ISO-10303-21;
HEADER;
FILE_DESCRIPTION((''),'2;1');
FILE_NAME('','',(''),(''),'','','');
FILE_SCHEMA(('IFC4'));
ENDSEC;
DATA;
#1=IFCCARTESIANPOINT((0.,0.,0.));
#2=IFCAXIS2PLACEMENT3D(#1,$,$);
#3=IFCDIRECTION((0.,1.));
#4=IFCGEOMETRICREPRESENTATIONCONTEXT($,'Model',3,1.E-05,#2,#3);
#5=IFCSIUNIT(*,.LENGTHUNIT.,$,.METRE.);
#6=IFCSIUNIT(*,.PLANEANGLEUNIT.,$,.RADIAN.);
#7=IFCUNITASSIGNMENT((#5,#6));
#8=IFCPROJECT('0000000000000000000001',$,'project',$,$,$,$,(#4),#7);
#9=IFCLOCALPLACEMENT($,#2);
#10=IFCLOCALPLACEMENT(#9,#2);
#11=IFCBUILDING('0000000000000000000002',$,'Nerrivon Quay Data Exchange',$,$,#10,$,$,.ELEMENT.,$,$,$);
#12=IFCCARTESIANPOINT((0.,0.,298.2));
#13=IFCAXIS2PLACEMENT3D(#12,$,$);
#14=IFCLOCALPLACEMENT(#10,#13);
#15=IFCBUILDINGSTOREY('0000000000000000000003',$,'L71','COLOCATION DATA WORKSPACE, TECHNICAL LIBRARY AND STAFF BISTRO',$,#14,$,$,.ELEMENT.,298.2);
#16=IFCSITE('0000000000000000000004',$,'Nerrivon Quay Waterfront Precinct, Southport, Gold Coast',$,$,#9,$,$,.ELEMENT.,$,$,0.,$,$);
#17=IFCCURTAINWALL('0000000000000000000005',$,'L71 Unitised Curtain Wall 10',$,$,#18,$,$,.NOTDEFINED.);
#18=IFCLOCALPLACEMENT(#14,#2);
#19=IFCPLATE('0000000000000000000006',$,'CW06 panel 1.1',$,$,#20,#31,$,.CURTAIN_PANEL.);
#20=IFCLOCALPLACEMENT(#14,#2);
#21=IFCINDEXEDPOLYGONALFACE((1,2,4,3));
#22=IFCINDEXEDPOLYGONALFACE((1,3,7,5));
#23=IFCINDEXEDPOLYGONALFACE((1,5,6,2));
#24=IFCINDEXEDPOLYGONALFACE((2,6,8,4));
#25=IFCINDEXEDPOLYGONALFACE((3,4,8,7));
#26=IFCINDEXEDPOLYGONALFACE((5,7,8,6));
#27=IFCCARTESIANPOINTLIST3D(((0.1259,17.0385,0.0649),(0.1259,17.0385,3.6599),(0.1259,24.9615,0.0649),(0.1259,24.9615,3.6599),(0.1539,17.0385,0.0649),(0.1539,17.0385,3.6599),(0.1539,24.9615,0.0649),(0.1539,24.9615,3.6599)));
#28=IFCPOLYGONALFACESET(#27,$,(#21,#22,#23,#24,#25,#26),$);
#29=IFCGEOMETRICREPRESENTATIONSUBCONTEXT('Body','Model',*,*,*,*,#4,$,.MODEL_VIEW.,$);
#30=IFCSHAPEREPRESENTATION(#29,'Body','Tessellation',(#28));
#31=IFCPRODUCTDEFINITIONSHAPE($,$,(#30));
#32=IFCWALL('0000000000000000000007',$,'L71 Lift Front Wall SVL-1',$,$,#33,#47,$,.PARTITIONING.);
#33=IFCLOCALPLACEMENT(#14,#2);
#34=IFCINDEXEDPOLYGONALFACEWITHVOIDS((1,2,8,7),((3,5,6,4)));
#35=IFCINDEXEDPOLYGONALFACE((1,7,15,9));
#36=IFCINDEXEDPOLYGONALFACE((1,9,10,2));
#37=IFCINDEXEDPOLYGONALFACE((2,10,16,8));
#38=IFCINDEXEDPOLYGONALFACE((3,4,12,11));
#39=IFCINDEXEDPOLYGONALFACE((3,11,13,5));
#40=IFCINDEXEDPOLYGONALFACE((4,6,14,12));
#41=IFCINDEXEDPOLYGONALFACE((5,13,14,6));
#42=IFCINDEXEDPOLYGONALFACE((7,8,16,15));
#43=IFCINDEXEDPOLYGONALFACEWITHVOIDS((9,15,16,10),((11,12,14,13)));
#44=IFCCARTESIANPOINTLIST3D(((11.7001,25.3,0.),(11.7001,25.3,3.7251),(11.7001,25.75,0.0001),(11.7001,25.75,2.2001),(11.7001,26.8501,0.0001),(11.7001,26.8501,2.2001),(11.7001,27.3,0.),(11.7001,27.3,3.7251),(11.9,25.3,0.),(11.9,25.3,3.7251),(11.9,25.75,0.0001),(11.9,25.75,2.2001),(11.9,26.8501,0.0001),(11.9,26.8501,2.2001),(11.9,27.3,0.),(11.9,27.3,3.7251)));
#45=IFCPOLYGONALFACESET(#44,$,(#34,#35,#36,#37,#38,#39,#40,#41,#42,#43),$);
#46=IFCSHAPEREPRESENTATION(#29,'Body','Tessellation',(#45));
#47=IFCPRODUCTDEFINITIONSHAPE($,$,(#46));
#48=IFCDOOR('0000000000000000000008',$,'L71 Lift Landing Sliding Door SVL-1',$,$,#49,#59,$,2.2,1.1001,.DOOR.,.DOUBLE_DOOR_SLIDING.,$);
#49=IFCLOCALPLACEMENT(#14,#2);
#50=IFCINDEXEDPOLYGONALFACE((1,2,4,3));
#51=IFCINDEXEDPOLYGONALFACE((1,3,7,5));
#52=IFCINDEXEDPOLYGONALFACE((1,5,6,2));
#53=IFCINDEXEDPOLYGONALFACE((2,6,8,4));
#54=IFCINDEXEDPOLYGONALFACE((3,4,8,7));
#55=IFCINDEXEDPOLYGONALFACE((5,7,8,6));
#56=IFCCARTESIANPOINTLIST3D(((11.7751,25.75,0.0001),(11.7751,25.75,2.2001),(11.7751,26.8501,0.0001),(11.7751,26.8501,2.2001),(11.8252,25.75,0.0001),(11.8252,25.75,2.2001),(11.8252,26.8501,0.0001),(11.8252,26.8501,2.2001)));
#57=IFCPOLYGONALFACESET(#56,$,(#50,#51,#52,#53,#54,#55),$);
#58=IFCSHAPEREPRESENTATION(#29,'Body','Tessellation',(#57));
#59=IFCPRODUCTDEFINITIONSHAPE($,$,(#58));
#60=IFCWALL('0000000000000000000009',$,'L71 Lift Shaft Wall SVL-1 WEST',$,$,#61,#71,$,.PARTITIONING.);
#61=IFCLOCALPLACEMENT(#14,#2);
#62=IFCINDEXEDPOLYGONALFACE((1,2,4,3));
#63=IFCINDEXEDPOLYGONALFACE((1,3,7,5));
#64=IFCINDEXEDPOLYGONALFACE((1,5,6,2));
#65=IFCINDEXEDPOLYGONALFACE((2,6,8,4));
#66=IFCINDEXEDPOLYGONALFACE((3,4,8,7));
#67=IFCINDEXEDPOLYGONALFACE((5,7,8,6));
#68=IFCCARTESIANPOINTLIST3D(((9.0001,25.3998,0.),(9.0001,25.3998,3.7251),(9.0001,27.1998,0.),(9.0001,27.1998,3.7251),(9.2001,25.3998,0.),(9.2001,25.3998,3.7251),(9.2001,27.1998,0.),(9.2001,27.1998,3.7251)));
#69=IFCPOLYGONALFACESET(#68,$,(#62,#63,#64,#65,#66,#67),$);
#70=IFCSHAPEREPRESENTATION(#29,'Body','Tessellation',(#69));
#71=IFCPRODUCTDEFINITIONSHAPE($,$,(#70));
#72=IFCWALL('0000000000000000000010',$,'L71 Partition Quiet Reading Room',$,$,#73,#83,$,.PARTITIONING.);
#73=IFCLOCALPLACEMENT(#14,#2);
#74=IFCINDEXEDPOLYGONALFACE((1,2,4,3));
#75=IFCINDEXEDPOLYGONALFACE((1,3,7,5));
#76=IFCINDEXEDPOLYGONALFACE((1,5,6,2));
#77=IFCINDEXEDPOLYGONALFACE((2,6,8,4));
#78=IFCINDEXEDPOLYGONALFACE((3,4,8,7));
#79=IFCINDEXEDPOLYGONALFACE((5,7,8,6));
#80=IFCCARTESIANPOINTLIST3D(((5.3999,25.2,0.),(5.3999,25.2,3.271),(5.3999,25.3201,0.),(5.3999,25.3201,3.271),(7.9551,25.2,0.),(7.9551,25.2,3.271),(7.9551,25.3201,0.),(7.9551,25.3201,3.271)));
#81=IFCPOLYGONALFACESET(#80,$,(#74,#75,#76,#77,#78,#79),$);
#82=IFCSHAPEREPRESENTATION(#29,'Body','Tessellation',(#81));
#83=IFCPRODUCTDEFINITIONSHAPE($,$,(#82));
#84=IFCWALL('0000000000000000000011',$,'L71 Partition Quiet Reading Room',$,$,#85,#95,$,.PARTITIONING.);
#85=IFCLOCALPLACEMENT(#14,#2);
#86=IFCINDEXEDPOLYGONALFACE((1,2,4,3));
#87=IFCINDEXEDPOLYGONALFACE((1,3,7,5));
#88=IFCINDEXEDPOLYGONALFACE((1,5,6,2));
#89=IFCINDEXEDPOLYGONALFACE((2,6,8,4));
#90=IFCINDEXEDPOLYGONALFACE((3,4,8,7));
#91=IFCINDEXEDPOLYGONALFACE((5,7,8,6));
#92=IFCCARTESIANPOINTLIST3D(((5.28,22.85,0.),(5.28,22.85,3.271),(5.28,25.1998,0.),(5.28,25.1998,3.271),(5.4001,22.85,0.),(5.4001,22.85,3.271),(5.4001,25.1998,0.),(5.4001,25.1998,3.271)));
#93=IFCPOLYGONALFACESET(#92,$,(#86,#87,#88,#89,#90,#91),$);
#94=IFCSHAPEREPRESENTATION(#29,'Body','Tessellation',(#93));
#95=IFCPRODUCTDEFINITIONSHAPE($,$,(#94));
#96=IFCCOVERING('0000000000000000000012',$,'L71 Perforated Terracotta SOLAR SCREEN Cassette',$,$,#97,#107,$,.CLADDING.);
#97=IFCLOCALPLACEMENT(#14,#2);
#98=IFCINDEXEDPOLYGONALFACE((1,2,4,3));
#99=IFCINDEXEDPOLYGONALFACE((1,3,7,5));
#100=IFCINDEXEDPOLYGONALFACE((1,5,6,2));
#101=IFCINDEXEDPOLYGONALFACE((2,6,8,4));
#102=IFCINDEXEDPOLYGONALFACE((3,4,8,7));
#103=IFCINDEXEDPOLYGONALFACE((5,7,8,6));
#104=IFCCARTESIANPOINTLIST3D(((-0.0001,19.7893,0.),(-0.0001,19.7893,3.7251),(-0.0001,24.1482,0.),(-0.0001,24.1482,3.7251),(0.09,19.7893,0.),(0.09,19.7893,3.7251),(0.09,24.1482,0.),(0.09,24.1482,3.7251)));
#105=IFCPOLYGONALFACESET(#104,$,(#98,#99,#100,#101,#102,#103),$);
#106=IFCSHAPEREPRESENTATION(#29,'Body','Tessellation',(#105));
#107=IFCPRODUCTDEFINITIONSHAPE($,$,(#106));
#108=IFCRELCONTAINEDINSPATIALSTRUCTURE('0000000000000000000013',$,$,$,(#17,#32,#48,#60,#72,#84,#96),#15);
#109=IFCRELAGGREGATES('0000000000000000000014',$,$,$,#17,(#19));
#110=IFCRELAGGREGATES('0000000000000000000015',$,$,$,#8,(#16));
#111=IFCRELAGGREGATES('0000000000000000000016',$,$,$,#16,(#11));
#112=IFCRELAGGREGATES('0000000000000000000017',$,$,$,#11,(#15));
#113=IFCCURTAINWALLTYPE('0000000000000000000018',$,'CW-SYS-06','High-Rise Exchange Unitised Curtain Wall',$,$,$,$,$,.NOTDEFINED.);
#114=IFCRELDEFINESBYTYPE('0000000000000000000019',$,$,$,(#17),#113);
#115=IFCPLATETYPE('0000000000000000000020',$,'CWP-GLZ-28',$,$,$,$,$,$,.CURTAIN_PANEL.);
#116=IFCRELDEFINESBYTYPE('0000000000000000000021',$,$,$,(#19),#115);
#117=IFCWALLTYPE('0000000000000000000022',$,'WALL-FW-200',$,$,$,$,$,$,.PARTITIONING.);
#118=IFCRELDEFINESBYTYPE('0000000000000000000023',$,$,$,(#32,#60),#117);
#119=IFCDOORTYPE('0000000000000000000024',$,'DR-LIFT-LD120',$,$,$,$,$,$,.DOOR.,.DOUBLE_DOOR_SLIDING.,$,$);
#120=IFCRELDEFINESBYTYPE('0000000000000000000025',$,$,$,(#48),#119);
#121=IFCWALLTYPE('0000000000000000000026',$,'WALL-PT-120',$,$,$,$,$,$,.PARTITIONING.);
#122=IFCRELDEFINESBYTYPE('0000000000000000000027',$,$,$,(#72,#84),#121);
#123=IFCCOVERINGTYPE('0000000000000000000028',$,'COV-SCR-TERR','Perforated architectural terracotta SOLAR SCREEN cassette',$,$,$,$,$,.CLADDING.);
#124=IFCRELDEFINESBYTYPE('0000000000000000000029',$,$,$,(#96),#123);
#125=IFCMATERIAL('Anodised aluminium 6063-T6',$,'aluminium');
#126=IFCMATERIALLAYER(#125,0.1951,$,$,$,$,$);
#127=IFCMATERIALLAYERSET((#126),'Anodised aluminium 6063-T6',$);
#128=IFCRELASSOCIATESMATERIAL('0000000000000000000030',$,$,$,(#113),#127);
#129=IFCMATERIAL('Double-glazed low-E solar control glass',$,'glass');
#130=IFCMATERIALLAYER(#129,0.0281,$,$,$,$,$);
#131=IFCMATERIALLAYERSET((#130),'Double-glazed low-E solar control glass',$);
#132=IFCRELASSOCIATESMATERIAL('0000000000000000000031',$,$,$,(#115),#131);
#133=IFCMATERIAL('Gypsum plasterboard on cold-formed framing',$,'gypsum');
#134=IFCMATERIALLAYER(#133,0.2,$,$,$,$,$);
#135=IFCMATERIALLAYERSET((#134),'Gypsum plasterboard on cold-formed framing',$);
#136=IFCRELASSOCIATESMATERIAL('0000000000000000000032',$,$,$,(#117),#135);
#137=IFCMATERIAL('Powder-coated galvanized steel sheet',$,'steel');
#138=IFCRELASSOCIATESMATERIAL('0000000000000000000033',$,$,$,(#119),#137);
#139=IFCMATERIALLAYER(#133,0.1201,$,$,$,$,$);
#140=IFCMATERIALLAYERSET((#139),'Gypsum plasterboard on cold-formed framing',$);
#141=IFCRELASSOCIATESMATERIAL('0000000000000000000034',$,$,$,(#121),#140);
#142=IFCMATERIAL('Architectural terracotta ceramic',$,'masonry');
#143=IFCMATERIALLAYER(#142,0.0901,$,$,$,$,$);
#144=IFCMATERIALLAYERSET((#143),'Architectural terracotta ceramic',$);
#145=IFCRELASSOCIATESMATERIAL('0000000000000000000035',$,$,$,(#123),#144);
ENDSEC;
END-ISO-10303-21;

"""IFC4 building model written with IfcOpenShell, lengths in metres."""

from ifc_helpers import new_model, si_unit, direction, frame, frame_2d, origin, origin_2d, place, context, subcontext, project, spatial, rectangle, extrude, material, layer, layer_set, type_object, element, fill, aggregate, save


model = new_model("IFC4")

# Units and contexts
model_context = context("Model", 3, precision=1e-05, world=origin(), true_north=direction((0.0, 1.0)))
body_context = subcontext(model_context, "Body", "Model", "MODEL_VIEW")
ifc_project = project(units=[si_unit("LENGTHUNIT", "METRE"), si_unit("PLANEANGLEUNIT", "RADIAN")], contexts=[model_context])

# Site, building, storey
site_placement = place(None, origin())
site = spatial("IfcSite", under=ifc_project, at=site_placement, Name="Nerrivon Quay Waterfront Precinct, Southport, Gold Coast", CompositionType="ELEMENT", RefElevation=0.0)
building_placement = place(site_placement, origin())
building = spatial("IfcBuilding", under=site, at=building_placement, Name="Nerrivon Quay Data Exchange", CompositionType="ELEMENT")
storey_placement = place(building_placement, frame((0.0, 0.0, 298.2)))
storey = spatial("IfcBuildingStorey", under=building, at=storey_placement, Name="L71", Description="COLOCATION DATA WORKSPACE, TECHNICAL LIBRARY AND STAFF BISTRO", CompositionType="ELEMENT", Elevation=298.2)

# Curtain wall
ifc_material_1 = material(Name="Anodised aluminium 6063-T6", Category="aluminium")
ifc_layer_1 = layer(ifc_material_1, 0.1951)
ifc_layer_set_1 = layer_set([ifc_layer_1], Name="Anodised aluminium 6063-T6")
curtain_wall_type = type_object("IfcCurtainWallType", Name="CW-SYS-06", Description="High-Rise Exchange Unitised Curtain Wall", PredefinedType="NOTDEFINED", material=ifc_layer_set_1)
curtain_wall_1_placement = place(storey_placement, origin())
curtain_wall_1 = element("IfcCurtainWall", 1, at=curtain_wall_1_placement, inside=storey, type_object=curtain_wall_type, Name="L71 Unitised Curtain Wall 10", PredefinedType="NOTDEFINED")

# Plate
ifc_material_2 = material(Name="Double-glazed low-E solar control glass", Category="glass")
ifc_layer_2 = layer(ifc_material_2, 0.0281)
ifc_layer_set_2 = layer_set([ifc_layer_2], Name="Double-glazed low-E solar control glass")
plate_type = type_object("IfcPlateType", Name="CWP-GLZ-28", PredefinedType="CURTAIN_PANEL", material=ifc_layer_set_2)
plate_placement = place(storey_placement, frame((0.1399, 21.0, 0.0649), z_axis=(0.0, 0.0, 1.0), x_axis=(0.0, 1.0, 0.0)))
plate = element("IfcPlate", 2, at=plate_placement, type_object=plate_type, Name="CW06 panel 1.1", PredefinedType="CURTAIN_PANEL", context=body_context, shape_type="SweptSolid", body=[
    extrude(rectangle(XDim=7.9231, YDim=0.0281, at=origin_2d()), origin(), (0.0, 0.0, 1.0), 3.595),
])
aggregate(curtain_wall_1, [plate])

# Wall, opening, door
ifc_material_3 = material(Name="Powder-coated galvanized steel sheet", Category="steel")
ifc_material_4 = material(Name="Gypsum plasterboard on cold-formed framing", Category="gypsum")
ifc_layer_3 = layer(ifc_material_4, 0.2)
ifc_layer_set_3 = layer_set([ifc_layer_3], Name="Gypsum plasterboard on cold-formed framing")
wall_type_1 = type_object("IfcWallType", Name="WALL-FW-200", PredefinedType="PARTITIONING", material=ifc_layer_set_3)
wall_1_placement = place(storey_placement, frame((11.8, 25.3, 0.0), z_axis=(0.0, 0.0, 1.0), x_axis=(0.0, 1.0, 0.0)))
wall_1 = element("IfcWall", 3, at=wall_1_placement, inside=storey, type_object=wall_type_1, Name="L71 Lift Front Wall SVL-1", PredefinedType="PARTITIONING", context=body_context, shape_type="SweptSolid", body=[
    extrude(rectangle(XDim=2.0, YDim=0.2, at=frame_2d((1.0, 0.0))), origin(), (0.0, 0.0, 1.0), 3.7251),
])
opening_1_placement = place(wall_1_placement, frame((0.45, 0.0, 0.0)))
opening_1 = element("IfcOpeningElement", 4, at=opening_1_placement, cuts=wall_1, PredefinedType="OPENING", context=body_context, shape_type="SweptSolid", body=[
    extrude(rectangle(XDim=1.1001, YDim=2.2, at=frame_2d((0.55, 1.1001))), frame((0.0, 0.1099, 0.0), z_axis=(0.0, -1.0, 0.0), x_axis=(1.0, 0.0, 0.0)), (0.0, 0.0, 1.0), 0.22),
])
door_type_1 = type_object("IfcDoorType", Name="DR-LIFT-LD120", OperationType="DOUBLE_DOOR_SLIDING", PredefinedType="DOOR", material=ifc_material_3)
door_1_placement = place(opening_1_placement, origin())
door_1 = element("IfcDoor", 5, at=door_1_placement, inside=storey, type_object=door_type_1, Name="L71 Lift Landing Sliding Door SVL-1", OperationType="DOUBLE_DOOR_SLIDING", OverallHeight=2.2, OverallWidth=1.1001, PredefinedType="DOOR", context=body_context, shape_type="SweptSolid", body=[
    extrude(rectangle(XDim=1.1001, YDim=2.2, at=frame_2d((0.55, 1.1001))), frame((0.0, 0.0249, 0.0), z_axis=(0.0, -1.0, 0.0), x_axis=(1.0, 0.0, 0.0)), (0.0, 0.0, 1.0), 0.05),
])
fill(opening_1, door_1)

# Walls
wall_2_placement = place(storey_placement, frame((9.1001, 25.3999, 0.0), z_axis=(0.0, 0.0, 1.0), x_axis=(0.0, 1.0, 0.0)))
element("IfcWall", 6, at=wall_2_placement, inside=storey, type_object=wall_type_1, Name="L71 Lift Shaft Wall SVL-1 WEST", PredefinedType="PARTITIONING", context=body_context, shape_type="SweptSolid", body=[
    extrude(rectangle(XDim=1.8, YDim=0.2, at=frame_2d((0.8999, 0.0))), origin(), (0.0, 0.0, 1.0), 3.7251),
])
ifc_layer_4 = layer(ifc_material_4, 0.1201)
ifc_layer_set_4 = layer_set([ifc_layer_4], Name="Gypsum plasterboard on cold-formed framing")
wall_type_2 = type_object("IfcWallType", Name="WALL-PT-120", PredefinedType="PARTITIONING", material=ifc_layer_set_4)
wall_3_placement = place(storey_placement, frame((5.3999, 25.26, 0.0), z_axis=(0.0, 0.0, 1.0), x_axis=(1.0, 0.0, 0.0)))
element("IfcWall", 7, at=wall_3_placement, inside=storey, type_object=wall_type_2, Name="L71 Partition Quiet Reading Room", PredefinedType="PARTITIONING", context=body_context, shape_type="SweptSolid", body=[
    extrude(rectangle(XDim=2.5552, YDim=0.1201, at=frame_2d((1.2776, 0.0))), origin(), (0.0, 0.0, 1.0), 3.271),
])
wall_4_placement = place(storey_placement, frame((5.3401, 22.8501, 0.0), z_axis=(0.0, 0.0, 1.0), x_axis=(0.0, 1.0, 0.0)))
element("IfcWall", 8, at=wall_4_placement, inside=storey, type_object=wall_type_2, Name="L71 Partition Quiet Reading Room", PredefinedType="PARTITIONING", context=body_context, shape_type="SweptSolid", body=[
    extrude(rectangle(XDim=2.3499, YDim=0.1201, at=frame_2d((1.1748, 0.0))), origin(), (0.0, 0.0, 1.0), 3.271),
])

# Covering
ifc_material_5 = material(Name="Architectural terracotta ceramic", Category="masonry")
ifc_layer_5 = layer(ifc_material_5, 0.0901)
ifc_layer_set_5 = layer_set([ifc_layer_5], Name="Architectural terracotta ceramic")
covering_type = type_object("IfcCoveringType", Name="COV-SCR-TERR", Description="Perforated architectural terracotta SOLAR SCREEN cassette", PredefinedType="CLADDING", material=ifc_layer_set_5)
covering_placement = place(storey_placement, frame((0.0449, 21.9688, 0.0), z_axis=(0.0, 0.0, 1.0), x_axis=(0.0, 1.0, 0.0)))
element("IfcCovering", 9, at=covering_placement, inside=storey, type_object=covering_type, Name="L71 Perforated Terracotta SOLAR SCREEN Cassette", PredefinedType="CLADDING", context=body_context, shape_type="SweptSolid", body=[
    extrude(rectangle(XDim=4.3589, YDim=0.0901, at=origin_2d()), origin(), (0.0, 0.0, 1.0), 3.7251),
])

save(model, "model.ifc")
